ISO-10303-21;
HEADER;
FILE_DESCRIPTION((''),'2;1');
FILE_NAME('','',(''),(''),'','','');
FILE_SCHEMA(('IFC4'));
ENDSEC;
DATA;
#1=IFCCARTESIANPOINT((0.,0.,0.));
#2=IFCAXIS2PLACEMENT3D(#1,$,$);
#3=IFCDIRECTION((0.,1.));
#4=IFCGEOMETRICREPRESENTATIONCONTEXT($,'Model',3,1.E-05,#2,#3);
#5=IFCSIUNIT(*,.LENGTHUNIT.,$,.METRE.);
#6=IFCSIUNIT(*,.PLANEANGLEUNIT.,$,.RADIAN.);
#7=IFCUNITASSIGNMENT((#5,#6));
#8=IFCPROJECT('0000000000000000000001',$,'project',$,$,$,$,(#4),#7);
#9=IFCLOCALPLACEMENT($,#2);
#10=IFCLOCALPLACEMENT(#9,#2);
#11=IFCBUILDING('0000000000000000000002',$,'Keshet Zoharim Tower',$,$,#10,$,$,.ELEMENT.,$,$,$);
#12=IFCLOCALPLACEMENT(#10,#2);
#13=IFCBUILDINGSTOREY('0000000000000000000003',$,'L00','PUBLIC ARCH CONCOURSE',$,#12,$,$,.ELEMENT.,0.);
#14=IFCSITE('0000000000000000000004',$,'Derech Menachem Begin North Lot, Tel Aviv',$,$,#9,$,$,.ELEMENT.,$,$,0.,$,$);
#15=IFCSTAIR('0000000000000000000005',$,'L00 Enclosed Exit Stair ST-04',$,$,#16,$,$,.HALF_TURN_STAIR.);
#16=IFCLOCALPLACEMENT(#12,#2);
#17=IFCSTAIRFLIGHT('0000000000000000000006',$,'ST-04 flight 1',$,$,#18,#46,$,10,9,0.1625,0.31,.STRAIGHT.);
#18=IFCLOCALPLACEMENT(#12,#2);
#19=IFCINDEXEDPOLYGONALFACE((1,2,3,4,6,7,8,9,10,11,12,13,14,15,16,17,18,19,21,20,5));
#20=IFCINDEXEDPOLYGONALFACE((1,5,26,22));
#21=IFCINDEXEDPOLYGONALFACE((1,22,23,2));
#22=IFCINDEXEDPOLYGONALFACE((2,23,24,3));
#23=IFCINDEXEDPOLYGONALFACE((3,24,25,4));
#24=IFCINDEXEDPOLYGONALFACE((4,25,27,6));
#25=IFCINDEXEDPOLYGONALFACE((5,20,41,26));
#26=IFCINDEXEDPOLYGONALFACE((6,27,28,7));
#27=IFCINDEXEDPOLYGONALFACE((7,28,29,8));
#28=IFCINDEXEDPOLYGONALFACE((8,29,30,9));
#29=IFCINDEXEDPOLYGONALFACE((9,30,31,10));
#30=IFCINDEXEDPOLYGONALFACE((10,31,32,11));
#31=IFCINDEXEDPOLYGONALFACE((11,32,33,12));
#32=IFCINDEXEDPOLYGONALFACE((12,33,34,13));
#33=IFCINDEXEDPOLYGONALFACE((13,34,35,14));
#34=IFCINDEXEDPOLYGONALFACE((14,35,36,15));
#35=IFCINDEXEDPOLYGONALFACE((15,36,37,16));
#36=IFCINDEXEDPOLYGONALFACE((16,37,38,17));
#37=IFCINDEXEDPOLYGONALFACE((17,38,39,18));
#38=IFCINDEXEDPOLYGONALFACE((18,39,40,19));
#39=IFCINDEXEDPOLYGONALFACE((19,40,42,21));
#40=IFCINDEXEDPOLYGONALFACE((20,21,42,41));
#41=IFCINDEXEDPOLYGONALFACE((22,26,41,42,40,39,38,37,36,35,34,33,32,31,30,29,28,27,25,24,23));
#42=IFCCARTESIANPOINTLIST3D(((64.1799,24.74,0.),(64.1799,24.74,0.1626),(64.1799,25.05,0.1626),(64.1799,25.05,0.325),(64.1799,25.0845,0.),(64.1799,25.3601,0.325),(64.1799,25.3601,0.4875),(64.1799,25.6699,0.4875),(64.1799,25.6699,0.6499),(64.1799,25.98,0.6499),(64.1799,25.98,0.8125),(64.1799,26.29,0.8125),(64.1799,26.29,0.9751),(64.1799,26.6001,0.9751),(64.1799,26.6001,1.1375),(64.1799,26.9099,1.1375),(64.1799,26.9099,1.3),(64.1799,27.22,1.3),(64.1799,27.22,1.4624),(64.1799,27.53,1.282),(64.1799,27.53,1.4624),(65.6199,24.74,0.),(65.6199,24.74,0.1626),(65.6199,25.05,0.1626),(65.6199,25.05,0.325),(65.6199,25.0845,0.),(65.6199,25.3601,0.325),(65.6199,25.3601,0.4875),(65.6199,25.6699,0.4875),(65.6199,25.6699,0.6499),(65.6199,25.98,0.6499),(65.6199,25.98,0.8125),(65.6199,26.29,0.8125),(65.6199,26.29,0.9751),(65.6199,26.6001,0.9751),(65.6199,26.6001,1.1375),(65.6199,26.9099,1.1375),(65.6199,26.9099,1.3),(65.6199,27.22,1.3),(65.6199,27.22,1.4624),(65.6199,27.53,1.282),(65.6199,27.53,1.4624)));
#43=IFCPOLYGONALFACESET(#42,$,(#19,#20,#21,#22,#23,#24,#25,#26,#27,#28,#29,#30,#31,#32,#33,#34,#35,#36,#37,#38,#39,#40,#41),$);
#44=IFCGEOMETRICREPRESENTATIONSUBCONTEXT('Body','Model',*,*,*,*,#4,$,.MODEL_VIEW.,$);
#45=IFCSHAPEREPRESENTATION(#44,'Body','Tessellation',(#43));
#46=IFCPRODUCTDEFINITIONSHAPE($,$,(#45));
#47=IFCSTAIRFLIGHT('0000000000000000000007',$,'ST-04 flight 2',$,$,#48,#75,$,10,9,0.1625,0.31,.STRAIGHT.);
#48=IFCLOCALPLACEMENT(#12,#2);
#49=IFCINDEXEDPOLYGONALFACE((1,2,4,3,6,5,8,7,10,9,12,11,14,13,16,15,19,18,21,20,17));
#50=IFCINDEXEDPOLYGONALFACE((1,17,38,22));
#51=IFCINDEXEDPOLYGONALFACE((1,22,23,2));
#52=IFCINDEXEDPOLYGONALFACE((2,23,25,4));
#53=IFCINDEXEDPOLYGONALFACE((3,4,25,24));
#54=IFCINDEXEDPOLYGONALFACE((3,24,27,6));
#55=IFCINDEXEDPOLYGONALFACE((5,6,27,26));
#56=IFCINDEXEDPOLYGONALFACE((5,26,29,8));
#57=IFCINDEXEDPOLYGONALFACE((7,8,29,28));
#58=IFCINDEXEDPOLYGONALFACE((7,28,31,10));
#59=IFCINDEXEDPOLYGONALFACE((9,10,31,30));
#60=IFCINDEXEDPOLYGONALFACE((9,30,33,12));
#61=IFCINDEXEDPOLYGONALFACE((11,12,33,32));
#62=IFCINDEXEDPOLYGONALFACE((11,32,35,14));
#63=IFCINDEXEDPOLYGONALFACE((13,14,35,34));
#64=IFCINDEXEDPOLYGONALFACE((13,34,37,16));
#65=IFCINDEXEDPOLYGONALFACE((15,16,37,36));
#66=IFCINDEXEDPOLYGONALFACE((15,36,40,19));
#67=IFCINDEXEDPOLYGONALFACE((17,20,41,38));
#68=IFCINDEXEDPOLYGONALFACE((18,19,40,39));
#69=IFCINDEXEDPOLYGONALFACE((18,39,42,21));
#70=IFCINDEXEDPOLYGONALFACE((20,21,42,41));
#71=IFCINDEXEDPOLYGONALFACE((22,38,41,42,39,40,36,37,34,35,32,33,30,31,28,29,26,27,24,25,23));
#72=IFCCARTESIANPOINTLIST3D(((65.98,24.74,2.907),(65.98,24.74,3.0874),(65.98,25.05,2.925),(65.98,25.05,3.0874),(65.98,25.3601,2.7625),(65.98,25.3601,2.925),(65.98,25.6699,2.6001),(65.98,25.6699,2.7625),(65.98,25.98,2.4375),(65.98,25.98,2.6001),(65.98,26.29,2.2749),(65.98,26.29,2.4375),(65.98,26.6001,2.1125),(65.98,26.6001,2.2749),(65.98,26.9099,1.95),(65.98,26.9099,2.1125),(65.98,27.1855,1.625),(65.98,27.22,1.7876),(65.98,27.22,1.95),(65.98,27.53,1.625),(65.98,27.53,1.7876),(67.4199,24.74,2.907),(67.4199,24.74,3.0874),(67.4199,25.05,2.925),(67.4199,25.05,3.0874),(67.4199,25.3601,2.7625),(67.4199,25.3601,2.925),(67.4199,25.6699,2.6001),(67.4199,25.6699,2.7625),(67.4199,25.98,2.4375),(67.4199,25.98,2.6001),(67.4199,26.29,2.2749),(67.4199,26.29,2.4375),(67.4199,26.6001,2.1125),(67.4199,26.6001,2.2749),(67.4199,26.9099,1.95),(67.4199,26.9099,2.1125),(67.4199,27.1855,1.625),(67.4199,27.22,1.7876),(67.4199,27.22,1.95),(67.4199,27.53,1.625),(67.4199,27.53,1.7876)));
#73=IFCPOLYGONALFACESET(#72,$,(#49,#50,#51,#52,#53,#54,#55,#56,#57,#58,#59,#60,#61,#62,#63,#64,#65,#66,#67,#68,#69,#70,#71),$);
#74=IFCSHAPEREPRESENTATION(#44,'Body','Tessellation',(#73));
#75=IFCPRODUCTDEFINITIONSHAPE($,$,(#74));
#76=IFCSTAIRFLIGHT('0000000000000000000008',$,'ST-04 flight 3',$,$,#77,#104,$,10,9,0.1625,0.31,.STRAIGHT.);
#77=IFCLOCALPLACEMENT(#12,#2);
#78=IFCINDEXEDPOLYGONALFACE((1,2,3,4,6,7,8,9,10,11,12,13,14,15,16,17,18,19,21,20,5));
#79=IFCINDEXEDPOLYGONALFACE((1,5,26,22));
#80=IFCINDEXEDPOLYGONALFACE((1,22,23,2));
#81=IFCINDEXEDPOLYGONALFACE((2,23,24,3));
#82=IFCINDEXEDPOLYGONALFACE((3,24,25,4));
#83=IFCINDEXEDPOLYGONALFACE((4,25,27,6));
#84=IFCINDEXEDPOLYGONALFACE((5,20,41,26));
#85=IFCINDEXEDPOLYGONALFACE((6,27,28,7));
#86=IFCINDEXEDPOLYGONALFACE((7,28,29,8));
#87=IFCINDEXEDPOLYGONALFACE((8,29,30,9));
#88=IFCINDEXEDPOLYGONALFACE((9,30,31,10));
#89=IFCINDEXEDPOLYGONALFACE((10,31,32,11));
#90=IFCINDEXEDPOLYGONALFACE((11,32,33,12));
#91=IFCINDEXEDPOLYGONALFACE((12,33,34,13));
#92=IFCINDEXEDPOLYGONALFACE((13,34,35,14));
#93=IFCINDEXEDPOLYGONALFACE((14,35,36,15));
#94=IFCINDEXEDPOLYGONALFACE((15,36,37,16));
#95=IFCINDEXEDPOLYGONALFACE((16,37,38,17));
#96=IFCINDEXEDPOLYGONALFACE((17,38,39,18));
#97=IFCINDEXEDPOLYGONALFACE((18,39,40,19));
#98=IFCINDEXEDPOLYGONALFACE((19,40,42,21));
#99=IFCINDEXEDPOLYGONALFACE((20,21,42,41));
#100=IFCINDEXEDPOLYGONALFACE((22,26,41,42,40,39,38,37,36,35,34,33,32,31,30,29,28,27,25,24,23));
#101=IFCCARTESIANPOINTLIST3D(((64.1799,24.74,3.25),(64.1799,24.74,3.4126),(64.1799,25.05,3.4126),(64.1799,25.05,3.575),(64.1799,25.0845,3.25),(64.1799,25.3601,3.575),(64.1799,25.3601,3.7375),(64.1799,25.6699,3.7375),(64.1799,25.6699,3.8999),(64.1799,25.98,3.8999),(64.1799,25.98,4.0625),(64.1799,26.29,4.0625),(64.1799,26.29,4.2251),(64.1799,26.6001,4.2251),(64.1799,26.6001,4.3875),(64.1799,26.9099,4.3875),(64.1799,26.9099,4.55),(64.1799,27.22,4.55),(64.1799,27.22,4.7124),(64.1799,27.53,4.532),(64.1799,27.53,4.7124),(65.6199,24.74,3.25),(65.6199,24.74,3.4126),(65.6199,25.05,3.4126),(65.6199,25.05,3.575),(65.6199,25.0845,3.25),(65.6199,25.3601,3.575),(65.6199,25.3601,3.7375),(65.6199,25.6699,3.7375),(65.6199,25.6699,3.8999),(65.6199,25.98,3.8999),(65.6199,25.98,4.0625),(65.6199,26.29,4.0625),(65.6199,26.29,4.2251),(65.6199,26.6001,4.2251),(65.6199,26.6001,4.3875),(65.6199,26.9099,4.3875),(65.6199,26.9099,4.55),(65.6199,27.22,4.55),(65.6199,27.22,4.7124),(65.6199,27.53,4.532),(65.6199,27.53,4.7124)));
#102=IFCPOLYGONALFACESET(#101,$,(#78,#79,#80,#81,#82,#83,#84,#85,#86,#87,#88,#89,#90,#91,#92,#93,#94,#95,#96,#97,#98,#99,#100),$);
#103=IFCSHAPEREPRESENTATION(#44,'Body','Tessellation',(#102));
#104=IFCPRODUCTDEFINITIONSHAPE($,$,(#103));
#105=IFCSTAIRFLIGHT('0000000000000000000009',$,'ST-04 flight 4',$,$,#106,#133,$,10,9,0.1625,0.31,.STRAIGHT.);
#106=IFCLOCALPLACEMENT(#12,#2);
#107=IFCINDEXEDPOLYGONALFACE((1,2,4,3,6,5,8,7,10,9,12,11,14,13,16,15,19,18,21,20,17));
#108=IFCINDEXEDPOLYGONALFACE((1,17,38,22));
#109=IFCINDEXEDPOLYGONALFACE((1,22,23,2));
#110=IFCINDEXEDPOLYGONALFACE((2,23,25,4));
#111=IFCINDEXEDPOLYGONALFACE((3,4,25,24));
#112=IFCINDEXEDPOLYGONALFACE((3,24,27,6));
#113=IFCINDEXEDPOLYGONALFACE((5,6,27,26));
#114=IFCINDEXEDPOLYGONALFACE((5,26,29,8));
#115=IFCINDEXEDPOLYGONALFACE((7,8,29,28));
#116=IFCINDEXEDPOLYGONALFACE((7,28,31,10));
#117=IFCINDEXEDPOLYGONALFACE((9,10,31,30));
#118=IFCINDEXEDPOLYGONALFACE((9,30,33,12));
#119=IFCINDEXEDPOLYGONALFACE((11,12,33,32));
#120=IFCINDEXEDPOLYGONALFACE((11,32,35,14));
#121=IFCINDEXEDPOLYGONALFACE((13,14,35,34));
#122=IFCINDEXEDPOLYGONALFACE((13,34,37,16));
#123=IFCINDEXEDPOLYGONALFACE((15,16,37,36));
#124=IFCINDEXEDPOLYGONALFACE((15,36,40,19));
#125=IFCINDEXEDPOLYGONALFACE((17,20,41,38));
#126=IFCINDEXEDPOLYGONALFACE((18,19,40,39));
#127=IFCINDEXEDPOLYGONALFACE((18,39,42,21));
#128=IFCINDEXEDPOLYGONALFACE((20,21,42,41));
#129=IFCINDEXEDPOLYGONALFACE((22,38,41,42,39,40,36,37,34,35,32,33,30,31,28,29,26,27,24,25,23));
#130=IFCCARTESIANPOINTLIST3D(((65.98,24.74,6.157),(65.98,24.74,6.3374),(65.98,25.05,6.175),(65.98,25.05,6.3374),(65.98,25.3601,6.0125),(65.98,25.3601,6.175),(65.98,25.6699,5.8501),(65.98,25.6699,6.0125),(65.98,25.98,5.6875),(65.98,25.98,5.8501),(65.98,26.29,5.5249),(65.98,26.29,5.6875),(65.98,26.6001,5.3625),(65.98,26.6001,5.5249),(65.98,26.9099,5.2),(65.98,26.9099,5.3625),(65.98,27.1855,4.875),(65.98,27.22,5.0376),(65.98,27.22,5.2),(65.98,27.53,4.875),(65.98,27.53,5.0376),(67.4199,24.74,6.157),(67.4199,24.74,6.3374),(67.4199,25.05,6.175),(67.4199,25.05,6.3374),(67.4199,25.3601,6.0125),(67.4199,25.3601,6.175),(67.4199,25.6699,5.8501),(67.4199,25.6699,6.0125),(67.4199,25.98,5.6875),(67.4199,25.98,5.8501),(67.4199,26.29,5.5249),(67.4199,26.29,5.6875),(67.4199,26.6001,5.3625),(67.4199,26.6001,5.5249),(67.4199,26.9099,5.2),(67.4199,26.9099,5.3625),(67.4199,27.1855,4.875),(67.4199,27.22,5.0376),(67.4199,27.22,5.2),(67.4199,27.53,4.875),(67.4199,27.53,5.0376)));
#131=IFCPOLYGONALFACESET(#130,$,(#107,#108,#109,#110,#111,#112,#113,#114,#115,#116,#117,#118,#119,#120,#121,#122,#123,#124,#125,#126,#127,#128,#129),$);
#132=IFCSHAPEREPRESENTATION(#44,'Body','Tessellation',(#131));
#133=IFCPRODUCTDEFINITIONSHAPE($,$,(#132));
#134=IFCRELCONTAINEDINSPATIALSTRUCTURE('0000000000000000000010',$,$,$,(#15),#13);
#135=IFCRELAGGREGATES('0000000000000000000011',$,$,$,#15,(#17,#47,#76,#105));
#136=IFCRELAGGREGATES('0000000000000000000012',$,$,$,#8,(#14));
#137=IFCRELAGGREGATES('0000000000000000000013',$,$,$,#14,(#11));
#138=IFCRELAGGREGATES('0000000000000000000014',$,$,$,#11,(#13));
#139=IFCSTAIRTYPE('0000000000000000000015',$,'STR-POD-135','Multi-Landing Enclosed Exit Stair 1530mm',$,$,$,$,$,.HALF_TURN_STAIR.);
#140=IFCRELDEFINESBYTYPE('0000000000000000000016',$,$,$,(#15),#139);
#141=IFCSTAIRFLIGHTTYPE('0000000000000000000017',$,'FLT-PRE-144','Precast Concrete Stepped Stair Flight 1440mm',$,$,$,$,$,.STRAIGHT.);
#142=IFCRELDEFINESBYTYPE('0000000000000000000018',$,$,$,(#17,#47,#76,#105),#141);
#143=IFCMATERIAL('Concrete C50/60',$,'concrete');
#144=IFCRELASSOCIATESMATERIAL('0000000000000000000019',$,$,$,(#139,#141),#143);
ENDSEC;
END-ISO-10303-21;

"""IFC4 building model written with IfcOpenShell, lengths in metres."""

from ifc_helpers import new_model, si_unit, direction, frame, origin, place, context, subcontext, project, spatial, polyline, outline, extrude, material, type_object, element, aggregate, save


model = new_model("IFC4")

# Units and contexts
model_context = context("Model", 3, precision=1e-05, world=origin(), true_north=direction((0.0, 1.0)))
body_context = subcontext(model_context, "Body", "Model", "MODEL_VIEW")
ifc_project = project(units=[si_unit("LENGTHUNIT", "METRE"), si_unit("PLANEANGLEUNIT", "RADIAN")], contexts=[model_context])

# Site, building, storey
site_placement = place(None, origin())
site = spatial("IfcSite", under=ifc_project, at=site_placement, Name="Derech Menachem Begin North Lot, Tel Aviv", CompositionType="ELEMENT", RefElevation=0.0)
building_placement = place(site_placement, origin())
building = spatial("IfcBuilding", under=site, at=building_placement, Name="Keshet Zoharim Tower", CompositionType="ELEMENT")
storey_placement = place(building_placement, origin())
storey = spatial("IfcBuildingStorey", under=building, at=storey_placement, Name="L00", Description="PUBLIC ARCH CONCOURSE", CompositionType="ELEMENT", Elevation=0.0)

# Stair, stair flights
ifc_material_1 = material(Name="Concrete C50/60", Category="concrete")
stair_type = type_object("IfcStairType", Name="STR-POD-135", Description="Multi-Landing Enclosed Exit Stair 1530mm", PredefinedType="HALF_TURN_STAIR", material=ifc_material_1)
stair_placement = place(storey_placement, origin())
stair = element("IfcStair", 1, at=stair_placement, inside=storey, type_object=stair_type, Name="L00 Enclosed Exit Stair ST-04", PredefinedType="HALF_TURN_STAIR")
stair_flight_type = type_object("IfcStairFlightType", Name="FLT-PRE-144", Description="Precast Concrete Stepped Stair Flight 1440mm", PredefinedType="STRAIGHT", material=ifc_material_1)
stair_flight_1_placement = place(storey_placement, frame((64.8999, 24.74, 0.0), z_axis=(0.0, 0.0, 1.0), x_axis=(0.0, 1.0, 0.0)))
stair_flight_1 = element("IfcStairFlight", 2, at=stair_flight_1_placement, type_object=stair_flight_type, Name="ST-04 flight 1", NumberOfRisers=10, NumberOfTreads=9, PredefinedType="STRAIGHT", RiserHeight=0.1625, TreadLength=0.31, context=body_context, shape_type="SweptSolid", body=[
    extrude(outline(polyline([(0.0, 0.0), (0.0, 0.1626), (0.3101, 0.1626), (0.3101, 0.325), (0.6201, 0.325), (0.6201, 0.4875), (0.9299, 0.4875), (0.9299, 0.6499), (1.24, 0.6499), (1.24, 0.8125), (1.55, 0.8125), (1.55, 0.9751), (1.8601, 0.9751), (1.8601, 1.1375), (2.1699, 1.1375), (2.1699, 1.3), (2.48, 1.3), (2.48, 1.4624), (2.79, 1.4624), (2.79, 1.625), (2.79, 1.282), (0.3445, 0.0), (0.0, 0.0)])), frame((0.0, 0.72, 0.0), z_axis=(0.0, -1.0, 0.0), x_axis=(1.0, 0.0, 0.0)), (0.0, 0.0, 1.0), 1.4399),
])
stair_flight_2_placement = place(storey_placement, frame((66.7, 27.53, 1.625), z_axis=(0.0, 0.0, 1.0), x_axis=(0.0, -1.0, 0.0)))
stair_flight_2 = element("IfcStairFlight", 3, at=stair_flight_2_placement, type_object=stair_flight_type, Name="ST-04 flight 2", NumberOfRisers=10, NumberOfTreads=9, PredefinedType="STRAIGHT", RiserHeight=0.1625, TreadLength=0.31, context=body_context, shape_type="SweptSolid", body=[
    extrude(outline(polyline([(0.0, 0.0), (0.0, 0.1626), (0.3101, 0.1626), (0.3101, 0.325), (0.6201, 0.325), (0.6201, 0.4875), (0.9299, 0.4875), (0.9299, 0.6499), (1.24, 0.6499), (1.24, 0.8125), (1.55, 0.8125), (1.55, 0.9751), (1.8601, 0.9751), (1.8601, 1.1375), (2.1699, 1.1375), (2.1699, 1.3), (2.48, 1.3), (2.48, 1.4624), (2.79, 1.4624), (2.79, 1.625), (2.79, 1.282), (0.3445, 0.0), (0.0, 0.0)])), frame((0.0, 0.72, 0.0), z_axis=(0.0, -1.0, 0.0), x_axis=(1.0, 0.0, 0.0)), (0.0, 0.0, 1.0), 1.4399),
])
stair_flight_3_placement = place(storey_placement, frame((64.8999, 24.74, 3.25), z_axis=(0.0, 0.0, 1.0), x_axis=(0.0, 1.0, 0.0)))
stair_flight_3 = element("IfcStairFlight", 4, at=stair_flight_3_placement, type_object=stair_flight_type, Name="ST-04 flight 3", NumberOfRisers=10, NumberOfTreads=9, PredefinedType="STRAIGHT", RiserHeight=0.1625, TreadLength=0.31, context=body_context, shape_type="SweptSolid", body=[
    extrude(outline(polyline([(0.0, 0.0), (0.0, 0.1626), (0.3101, 0.1626), (0.3101, 0.325), (0.6201, 0.325), (0.6201, 0.4875), (0.9299, 0.4875), (0.9299, 0.6499), (1.24, 0.6499), (1.24, 0.8125), (1.55, 0.8125), (1.55, 0.9751), (1.8601, 0.9751), (1.8601, 1.1375), (2.1699, 1.1375), (2.1699, 1.3), (2.48, 1.3), (2.48, 1.4624), (2.79, 1.4624), (2.79, 1.625), (2.79, 1.282), (0.3445, 0.0), (0.0, 0.0)])), frame((0.0, 0.72, 0.0), z_axis=(0.0, -1.0, 0.0), x_axis=(1.0, 0.0, 0.0)), (0.0, 0.0, 1.0), 1.4399),
])
stair_flight_4_placement = place(storey_placement, frame((66.7, 27.53, 4.875), z_axis=(0.0, 0.0, 1.0), x_axis=(0.0, -1.0, 0.0)))
stair_flight_4 = element("IfcStairFlight", 5, at=stair_flight_4_placement, type_object=stair_flight_type, Name="ST-04 flight 4", NumberOfRisers=10, NumberOfTreads=9, PredefinedType="STRAIGHT", RiserHeight=0.1625, TreadLength=0.31, context=body_context, shape_type="SweptSolid", body=[
    extrude(outline(polyline([(0.0, 0.0), (0.0, 0.1626), (0.3101, 0.1626), (0.3101, 0.325), (0.6201, 0.325), (0.6201, 0.4875), (0.9299, 0.4875), (0.9299, 0.6499), (1.24, 0.6499), (1.24, 0.8125), (1.55, 0.8125), (1.55, 0.9751), (1.8601, 0.9751), (1.8601, 1.1375), (2.1699, 1.1375), (2.1699, 1.3), (2.48, 1.3), (2.48, 1.4624), (2.79, 1.4624), (2.79, 1.625), (2.79, 1.282), (0.3445, 0.0), (0.0, 0.0)])), frame((0.0, 0.72, 0.0), z_axis=(0.0, -1.0, 0.0), x_axis=(1.0, 0.0, 0.0)), (0.0, 0.0, 1.0), 1.4399),
])
aggregate(stair, [stair_flight_1, stair_flight_2, stair_flight_3, stair_flight_4])

save(model, "model.ifc")
